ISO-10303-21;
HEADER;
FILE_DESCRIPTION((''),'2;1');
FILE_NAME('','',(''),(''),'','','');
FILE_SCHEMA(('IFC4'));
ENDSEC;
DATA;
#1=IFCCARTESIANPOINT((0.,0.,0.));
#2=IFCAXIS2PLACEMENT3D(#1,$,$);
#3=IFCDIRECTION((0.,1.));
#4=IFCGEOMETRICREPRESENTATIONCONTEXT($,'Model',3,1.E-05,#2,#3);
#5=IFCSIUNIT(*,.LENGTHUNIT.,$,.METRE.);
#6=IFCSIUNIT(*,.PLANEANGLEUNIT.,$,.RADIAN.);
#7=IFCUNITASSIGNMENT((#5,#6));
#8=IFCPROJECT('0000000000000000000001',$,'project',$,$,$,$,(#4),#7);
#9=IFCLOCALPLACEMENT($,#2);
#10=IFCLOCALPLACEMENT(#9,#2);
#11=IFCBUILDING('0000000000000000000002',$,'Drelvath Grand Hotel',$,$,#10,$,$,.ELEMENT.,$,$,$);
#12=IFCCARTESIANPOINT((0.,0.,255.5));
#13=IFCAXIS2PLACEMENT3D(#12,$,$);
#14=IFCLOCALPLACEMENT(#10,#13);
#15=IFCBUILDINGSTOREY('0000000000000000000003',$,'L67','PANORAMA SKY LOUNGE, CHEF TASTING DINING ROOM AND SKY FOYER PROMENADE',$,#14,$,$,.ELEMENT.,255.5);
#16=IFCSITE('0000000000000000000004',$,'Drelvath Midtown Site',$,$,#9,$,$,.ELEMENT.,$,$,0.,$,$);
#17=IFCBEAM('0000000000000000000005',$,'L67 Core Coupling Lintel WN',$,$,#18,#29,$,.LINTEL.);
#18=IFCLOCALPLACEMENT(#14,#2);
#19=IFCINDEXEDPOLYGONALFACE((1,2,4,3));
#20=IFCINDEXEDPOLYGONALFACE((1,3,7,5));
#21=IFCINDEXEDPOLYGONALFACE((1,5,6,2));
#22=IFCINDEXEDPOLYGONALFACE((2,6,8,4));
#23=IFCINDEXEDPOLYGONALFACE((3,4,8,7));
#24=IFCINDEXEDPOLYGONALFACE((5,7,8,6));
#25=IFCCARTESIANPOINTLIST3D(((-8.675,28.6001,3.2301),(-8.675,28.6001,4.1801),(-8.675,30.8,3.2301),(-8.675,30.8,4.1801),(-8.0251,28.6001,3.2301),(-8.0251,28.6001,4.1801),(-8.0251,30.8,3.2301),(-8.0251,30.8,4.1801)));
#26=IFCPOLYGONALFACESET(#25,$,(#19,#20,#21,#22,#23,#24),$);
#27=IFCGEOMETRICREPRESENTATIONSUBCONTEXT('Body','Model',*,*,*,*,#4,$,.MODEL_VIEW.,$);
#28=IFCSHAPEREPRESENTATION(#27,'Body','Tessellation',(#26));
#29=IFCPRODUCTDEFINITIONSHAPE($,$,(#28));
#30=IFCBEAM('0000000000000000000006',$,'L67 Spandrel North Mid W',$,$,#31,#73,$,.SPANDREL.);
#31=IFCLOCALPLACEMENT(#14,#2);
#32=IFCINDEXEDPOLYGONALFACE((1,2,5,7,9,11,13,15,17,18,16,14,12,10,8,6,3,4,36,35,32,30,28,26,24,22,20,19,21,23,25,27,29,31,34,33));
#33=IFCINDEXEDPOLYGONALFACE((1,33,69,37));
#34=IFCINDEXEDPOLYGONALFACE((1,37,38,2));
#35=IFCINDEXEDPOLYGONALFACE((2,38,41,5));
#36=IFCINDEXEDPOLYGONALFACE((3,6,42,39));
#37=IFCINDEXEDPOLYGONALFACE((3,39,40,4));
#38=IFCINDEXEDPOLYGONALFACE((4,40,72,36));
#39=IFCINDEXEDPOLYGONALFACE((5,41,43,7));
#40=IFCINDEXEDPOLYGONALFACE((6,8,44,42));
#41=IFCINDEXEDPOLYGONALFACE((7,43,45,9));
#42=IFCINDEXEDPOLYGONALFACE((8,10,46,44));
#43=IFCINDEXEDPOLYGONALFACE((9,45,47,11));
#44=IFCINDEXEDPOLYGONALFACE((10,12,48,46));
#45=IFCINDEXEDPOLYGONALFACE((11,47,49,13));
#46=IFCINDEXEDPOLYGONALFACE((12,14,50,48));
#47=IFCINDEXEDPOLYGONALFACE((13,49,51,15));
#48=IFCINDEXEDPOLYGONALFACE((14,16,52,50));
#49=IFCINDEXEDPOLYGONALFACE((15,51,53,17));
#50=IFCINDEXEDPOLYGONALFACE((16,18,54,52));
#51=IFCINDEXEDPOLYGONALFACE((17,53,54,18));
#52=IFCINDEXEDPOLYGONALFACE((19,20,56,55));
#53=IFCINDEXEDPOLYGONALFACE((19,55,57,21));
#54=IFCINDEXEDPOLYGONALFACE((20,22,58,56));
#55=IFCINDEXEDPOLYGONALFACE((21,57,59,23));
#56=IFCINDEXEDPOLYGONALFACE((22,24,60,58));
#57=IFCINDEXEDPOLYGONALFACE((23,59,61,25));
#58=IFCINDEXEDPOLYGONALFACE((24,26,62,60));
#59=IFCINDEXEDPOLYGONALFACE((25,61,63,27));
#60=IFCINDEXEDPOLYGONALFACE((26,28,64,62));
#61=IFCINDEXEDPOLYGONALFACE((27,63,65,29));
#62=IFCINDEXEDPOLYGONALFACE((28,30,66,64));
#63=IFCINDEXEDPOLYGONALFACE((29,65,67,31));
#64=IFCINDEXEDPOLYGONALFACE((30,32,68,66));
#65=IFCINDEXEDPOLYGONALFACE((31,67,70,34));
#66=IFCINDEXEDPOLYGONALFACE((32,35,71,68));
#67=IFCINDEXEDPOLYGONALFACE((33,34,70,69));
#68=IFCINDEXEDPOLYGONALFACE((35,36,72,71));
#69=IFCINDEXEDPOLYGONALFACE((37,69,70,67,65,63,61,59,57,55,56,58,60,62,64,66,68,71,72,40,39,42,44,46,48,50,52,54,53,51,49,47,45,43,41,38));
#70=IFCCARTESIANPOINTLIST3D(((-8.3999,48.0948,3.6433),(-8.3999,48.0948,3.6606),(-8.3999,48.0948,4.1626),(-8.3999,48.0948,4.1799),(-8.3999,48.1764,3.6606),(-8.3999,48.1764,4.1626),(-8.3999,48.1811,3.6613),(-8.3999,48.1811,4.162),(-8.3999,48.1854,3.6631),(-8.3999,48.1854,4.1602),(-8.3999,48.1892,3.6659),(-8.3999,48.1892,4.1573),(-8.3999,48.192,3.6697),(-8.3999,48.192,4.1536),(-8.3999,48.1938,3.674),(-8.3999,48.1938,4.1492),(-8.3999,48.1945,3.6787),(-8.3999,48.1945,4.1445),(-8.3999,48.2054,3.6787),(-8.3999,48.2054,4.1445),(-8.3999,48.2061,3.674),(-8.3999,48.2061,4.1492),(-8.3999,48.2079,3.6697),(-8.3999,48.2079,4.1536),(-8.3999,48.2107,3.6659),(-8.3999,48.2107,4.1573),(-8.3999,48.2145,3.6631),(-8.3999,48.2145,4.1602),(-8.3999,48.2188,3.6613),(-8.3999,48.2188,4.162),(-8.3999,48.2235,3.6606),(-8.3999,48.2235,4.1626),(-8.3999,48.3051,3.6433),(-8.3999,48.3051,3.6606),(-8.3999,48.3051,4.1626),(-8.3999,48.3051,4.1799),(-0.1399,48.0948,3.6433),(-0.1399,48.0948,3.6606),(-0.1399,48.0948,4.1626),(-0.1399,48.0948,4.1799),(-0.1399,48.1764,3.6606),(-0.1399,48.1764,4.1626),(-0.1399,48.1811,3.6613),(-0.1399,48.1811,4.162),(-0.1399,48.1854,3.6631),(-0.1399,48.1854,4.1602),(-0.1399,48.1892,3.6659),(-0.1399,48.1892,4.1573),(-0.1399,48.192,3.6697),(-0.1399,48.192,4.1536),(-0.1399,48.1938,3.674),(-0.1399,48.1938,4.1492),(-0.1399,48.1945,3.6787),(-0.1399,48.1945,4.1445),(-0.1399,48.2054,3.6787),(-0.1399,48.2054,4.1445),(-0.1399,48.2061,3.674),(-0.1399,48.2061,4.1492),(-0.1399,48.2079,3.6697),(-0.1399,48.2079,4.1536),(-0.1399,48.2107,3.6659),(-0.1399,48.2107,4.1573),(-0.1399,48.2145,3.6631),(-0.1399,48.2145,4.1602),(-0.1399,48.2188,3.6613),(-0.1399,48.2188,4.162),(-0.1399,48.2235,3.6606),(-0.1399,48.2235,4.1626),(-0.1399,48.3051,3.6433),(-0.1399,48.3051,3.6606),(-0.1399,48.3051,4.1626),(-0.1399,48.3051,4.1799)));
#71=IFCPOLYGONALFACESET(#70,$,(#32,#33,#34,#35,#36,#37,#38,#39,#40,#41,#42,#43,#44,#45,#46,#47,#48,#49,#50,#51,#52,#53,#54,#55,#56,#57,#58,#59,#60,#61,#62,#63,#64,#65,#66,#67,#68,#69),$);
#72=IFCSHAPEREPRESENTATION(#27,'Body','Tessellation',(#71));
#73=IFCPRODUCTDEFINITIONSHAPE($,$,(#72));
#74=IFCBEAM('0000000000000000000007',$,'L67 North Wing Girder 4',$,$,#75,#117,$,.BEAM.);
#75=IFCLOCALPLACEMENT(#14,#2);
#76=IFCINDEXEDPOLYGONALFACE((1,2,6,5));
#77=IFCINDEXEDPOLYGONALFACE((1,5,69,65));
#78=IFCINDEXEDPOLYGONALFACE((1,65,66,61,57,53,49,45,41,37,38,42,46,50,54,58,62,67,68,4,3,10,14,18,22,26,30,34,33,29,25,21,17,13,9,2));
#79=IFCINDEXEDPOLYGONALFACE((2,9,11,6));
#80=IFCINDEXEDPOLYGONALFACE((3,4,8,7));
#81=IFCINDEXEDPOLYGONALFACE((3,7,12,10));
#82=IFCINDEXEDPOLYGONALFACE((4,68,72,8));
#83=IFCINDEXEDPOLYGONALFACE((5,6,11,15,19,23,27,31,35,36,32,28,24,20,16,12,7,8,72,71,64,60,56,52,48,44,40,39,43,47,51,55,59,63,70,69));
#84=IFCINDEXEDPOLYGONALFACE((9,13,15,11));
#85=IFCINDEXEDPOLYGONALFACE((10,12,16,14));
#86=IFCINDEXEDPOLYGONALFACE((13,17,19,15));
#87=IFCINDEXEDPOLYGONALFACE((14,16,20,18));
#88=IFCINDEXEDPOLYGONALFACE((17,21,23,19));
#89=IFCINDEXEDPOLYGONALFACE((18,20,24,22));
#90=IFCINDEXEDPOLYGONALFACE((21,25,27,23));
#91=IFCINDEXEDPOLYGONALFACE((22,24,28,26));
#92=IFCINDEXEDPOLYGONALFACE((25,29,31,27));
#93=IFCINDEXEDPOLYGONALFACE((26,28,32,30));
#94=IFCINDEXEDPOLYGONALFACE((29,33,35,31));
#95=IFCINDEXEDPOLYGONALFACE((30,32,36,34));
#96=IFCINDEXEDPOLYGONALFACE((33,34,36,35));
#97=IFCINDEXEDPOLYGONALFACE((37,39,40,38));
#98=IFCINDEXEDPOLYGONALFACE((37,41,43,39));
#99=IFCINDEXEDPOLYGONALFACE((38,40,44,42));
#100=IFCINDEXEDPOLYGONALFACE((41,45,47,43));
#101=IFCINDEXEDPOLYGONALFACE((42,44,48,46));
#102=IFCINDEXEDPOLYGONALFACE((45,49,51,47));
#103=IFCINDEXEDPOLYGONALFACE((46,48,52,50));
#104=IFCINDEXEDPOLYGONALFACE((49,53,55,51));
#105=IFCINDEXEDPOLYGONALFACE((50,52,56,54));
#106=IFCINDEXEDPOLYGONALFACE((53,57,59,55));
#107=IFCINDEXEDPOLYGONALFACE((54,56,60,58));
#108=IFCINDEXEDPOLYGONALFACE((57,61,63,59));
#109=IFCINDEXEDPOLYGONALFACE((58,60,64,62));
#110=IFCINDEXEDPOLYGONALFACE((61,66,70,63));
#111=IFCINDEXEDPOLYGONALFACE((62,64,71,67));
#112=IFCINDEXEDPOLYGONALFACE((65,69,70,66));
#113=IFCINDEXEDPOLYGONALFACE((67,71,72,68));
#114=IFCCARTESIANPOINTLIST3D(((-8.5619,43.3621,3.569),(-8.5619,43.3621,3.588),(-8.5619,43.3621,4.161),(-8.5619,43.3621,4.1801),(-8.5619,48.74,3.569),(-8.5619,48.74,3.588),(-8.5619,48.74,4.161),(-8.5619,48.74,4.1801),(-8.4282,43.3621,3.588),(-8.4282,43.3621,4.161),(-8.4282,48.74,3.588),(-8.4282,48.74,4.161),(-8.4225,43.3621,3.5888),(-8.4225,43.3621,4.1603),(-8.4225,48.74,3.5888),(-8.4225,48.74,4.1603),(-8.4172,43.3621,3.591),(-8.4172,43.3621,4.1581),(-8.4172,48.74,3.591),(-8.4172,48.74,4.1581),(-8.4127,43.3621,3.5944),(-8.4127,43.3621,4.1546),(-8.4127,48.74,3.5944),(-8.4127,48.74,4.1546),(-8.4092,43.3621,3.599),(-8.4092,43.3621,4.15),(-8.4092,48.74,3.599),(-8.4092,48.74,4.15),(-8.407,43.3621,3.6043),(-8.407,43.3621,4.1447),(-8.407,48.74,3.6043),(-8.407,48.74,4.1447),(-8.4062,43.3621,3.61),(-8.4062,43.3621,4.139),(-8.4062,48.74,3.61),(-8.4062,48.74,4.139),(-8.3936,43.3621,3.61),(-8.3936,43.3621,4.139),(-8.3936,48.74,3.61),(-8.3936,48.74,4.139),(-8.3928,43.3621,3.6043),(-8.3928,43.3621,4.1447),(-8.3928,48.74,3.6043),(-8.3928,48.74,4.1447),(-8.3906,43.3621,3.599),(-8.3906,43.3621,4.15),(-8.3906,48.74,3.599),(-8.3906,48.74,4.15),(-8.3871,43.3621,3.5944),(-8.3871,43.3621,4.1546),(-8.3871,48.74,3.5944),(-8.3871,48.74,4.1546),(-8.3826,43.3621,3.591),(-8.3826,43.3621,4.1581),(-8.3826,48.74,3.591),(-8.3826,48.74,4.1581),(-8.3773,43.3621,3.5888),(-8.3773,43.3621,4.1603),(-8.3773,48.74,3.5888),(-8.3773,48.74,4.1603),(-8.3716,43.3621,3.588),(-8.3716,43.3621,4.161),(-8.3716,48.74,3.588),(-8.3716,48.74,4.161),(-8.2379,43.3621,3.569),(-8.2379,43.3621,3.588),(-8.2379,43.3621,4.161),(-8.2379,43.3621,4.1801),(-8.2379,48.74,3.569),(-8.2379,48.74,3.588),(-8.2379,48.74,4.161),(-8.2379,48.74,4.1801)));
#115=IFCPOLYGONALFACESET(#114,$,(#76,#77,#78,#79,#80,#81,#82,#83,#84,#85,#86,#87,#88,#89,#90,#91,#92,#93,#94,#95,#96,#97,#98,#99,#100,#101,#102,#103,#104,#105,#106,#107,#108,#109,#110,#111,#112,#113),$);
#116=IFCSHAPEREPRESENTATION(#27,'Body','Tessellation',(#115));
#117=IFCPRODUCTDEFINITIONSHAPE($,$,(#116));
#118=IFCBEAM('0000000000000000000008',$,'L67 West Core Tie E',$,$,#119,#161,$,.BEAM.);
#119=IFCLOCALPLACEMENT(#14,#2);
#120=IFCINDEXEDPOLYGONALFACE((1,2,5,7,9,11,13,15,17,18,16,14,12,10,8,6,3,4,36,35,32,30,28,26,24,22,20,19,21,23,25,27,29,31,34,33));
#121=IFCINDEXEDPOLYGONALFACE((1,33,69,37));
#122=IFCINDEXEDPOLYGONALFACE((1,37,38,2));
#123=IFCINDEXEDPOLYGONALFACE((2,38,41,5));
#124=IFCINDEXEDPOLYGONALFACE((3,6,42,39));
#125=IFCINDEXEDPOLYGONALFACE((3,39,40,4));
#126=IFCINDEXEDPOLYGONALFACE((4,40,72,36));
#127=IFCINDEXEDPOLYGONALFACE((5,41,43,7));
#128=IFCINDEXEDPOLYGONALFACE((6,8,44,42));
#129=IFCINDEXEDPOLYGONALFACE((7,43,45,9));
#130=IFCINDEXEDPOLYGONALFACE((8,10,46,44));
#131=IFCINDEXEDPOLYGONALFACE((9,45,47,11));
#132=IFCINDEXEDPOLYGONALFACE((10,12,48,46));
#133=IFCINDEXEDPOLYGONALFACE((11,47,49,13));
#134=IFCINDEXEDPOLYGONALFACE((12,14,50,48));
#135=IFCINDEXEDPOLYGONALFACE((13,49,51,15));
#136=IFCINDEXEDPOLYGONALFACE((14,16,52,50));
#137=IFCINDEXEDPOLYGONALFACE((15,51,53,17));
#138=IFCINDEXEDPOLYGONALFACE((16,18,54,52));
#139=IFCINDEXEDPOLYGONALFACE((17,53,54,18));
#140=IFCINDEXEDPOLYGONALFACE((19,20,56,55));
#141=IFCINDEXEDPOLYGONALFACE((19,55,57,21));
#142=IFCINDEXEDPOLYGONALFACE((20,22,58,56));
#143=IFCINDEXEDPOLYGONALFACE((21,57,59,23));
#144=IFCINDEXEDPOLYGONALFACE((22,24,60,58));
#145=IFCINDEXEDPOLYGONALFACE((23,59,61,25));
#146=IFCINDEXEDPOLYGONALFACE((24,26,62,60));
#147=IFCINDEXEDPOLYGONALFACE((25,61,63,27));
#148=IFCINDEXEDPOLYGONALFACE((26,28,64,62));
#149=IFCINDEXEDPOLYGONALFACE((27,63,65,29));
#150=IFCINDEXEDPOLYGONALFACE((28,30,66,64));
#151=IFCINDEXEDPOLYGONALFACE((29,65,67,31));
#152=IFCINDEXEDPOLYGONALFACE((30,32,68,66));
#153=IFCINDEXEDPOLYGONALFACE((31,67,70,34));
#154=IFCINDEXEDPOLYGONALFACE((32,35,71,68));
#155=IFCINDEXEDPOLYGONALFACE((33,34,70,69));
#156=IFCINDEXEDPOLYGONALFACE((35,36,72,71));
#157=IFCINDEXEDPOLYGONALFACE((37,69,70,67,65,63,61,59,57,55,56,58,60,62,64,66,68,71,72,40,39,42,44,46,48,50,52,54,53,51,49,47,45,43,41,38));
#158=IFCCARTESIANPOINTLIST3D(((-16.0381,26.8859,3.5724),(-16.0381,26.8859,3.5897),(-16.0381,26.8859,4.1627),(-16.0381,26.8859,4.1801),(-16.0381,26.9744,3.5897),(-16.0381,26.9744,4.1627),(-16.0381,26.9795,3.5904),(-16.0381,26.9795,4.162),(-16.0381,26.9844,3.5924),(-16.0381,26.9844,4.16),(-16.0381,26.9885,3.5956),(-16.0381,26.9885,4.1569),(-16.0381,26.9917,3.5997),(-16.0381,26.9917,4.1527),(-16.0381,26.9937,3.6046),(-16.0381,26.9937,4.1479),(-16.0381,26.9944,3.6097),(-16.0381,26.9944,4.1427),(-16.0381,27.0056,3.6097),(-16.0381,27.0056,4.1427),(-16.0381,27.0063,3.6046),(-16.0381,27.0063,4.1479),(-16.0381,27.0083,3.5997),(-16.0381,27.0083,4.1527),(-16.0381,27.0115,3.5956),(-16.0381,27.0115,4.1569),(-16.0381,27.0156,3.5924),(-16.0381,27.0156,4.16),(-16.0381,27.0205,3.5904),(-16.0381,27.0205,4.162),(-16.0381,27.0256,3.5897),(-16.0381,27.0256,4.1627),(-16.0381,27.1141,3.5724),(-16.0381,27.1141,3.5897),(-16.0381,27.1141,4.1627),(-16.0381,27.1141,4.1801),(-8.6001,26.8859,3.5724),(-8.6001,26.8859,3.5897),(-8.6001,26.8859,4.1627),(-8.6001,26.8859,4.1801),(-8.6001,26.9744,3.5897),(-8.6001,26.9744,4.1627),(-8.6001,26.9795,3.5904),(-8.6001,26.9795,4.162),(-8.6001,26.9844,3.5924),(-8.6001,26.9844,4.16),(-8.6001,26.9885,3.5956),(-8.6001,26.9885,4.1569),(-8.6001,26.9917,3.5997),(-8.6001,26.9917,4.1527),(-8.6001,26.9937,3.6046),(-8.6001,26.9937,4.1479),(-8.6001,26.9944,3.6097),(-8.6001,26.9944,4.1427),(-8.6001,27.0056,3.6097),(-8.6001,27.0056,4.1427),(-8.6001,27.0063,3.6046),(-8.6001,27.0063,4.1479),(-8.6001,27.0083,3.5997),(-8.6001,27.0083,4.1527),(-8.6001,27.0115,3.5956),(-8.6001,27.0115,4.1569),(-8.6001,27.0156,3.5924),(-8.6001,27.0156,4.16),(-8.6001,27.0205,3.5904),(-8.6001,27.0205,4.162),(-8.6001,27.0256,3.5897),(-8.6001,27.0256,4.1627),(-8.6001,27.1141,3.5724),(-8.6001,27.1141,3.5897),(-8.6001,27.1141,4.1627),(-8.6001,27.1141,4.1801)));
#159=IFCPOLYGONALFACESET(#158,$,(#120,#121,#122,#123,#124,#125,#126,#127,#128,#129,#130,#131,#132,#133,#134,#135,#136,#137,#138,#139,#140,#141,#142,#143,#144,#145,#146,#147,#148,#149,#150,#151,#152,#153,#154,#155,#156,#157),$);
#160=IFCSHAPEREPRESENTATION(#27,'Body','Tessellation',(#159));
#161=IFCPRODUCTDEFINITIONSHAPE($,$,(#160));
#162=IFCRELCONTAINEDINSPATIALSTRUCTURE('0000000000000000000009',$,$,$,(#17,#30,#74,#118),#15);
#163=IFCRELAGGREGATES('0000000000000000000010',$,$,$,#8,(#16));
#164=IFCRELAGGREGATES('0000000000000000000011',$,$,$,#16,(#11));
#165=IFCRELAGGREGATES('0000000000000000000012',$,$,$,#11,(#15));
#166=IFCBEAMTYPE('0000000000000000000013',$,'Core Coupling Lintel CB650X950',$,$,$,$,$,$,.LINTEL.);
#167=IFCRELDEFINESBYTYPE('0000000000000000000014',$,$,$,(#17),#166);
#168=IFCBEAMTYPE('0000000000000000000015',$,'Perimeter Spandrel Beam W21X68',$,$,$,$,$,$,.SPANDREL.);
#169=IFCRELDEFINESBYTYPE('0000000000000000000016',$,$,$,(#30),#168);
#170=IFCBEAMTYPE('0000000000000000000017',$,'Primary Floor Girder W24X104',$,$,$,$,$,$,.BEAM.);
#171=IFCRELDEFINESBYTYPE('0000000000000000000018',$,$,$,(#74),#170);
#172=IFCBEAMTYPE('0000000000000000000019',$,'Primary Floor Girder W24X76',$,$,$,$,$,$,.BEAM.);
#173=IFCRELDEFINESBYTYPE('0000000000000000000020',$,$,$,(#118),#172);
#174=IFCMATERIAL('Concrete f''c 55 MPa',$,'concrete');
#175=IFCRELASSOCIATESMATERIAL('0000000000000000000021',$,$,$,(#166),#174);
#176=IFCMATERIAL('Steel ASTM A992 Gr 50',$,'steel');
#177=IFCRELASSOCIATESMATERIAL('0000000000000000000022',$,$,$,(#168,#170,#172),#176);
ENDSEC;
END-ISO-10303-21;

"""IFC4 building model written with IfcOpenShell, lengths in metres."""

from ifc_helpers import new_model, si_unit, direction, frame, origin, origin_2d, place, context, subcontext, project, spatial, rectangle, i_section, extrude, material, material_profile, profile_set, type_object, element, save


model = new_model("IFC4")

# Units and contexts
model_context = context("Model", 3, precision=1e-05, world=origin(), true_north=direction((0.0, 1.0)))
body_context = subcontext(model_context, "Body", "Model", "MODEL_VIEW")
ifc_project = project(units=[si_unit("LENGTHUNIT", "METRE"), si_unit("PLANEANGLEUNIT", "RADIAN")], contexts=[model_context])

# Site, building, storey
site_placement = place(None, origin())
site = spatial("IfcSite", under=ifc_project, at=site_placement, Name="Drelvath Midtown Site", CompositionType="ELEMENT", RefElevation=0.0)
building_placement = place(site_placement, origin())
building = spatial("IfcBuilding", under=site, at=building_placement, Name="Drelvath Grand Hotel", CompositionType="ELEMENT")
storey_placement = place(building_placement, frame((0.0, 0.0, 255.5)))
storey = spatial("IfcBuildingStorey", under=building, at=storey_placement, Name="L67", Description="PANORAMA SKY LOUNGE, CHEF TASTING DINING ROOM AND SKY FOYER PROMENADE", CompositionType="ELEMENT", Elevation=255.5)

# Beams
ifc_material_1 = material(Name="Concrete f'c 55 MPa", Category="concrete")
ifc_material_profile_1 = material_profile(ifc_material_1, rectangle(XDim=0.6499, YDim=0.95, at=origin_2d()), Name="CB650X950")
ifc_profile_set_1 = profile_set([ifc_material_profile_1], Name="Concrete f'c 55 MPa")
beam_type_1 = type_object("IfcBeamType", Name="Core Coupling Lintel CB650X950", PredefinedType="LINTEL", material=ifc_profile_set_1)
beam_1_placement = place(storey_placement, frame((-8.3501, 28.6001, 3.7051), z_axis=(0.0, 1.0, 0.0), x_axis=(-1.0, 0.0, 0.0)))
element("IfcBeam", 1, at=beam_1_placement, inside=storey, type_object=beam_type_1, Name="L67 Core Coupling Lintel WN", PredefinedType="LINTEL", context=body_context, shape_type="SweptSolid", body=[
    extrude(rectangle(XDim=0.6499, YDim=0.95, at=origin_2d()), origin(), (0.0, 0.0, 1.0), 2.2),
])
ifc_material_2 = material(Name="Steel ASTM A992 Gr 50", Category="steel")
ifc_material_profile_2 = material_profile(ifc_material_2, i_section(OverallWidth=0.2102, OverallDepth=0.5366, WebThickness=0.011, FlangeThickness=0.0173, FilletRadius=0.0181, at=origin_2d()), Name="W21X68")
ifc_profile_set_2 = profile_set([ifc_material_profile_2], Name="Steel ASTM A992 Gr 50")
beam_type_2 = type_object("IfcBeamType", Name="Perimeter Spandrel Beam W21X68", PredefinedType="SPANDREL", material=ifc_profile_set_2)
beam_2_placement = place(storey_placement, frame((-8.3999, 48.2, 3.9116), z_axis=(1.0, 0.0, 0.0), x_axis=(0.0, 1.0, 0.0)))
element("IfcBeam", 2, at=beam_2_placement, inside=storey, type_object=beam_type_2, Name="L67 Spandrel North Mid W", PredefinedType="SPANDREL", context=body_context, shape_type="SweptSolid", body=[
    extrude(i_section(OverallWidth=0.2102, OverallDepth=0.5366, WebThickness=0.011, FlangeThickness=0.0173, FilletRadius=0.0181, at=origin_2d()), origin(), (0.0, 0.0, 1.0), 8.26),
])
ifc_material_profile_3 = material_profile(ifc_material_2, i_section(OverallWidth=0.324, OverallDepth=0.6111, WebThickness=0.0127, FlangeThickness=0.019, FilletRadius=0.022, at=origin_2d()), Name="W24X104")
ifc_profile_set_3 = profile_set([ifc_material_profile_3], Name="Steel ASTM A992 Gr 50")
beam_type_3 = type_object("IfcBeamType", Name="Primary Floor Girder W24X104", PredefinedType="BEAM", material=ifc_profile_set_3)
beam_3_placement = place(storey_placement, frame((-8.3999, 43.3621, 3.8745), z_axis=(0.0, 1.0, 0.0), x_axis=(-1.0, 0.0, 0.0)))
element("IfcBeam", 3, at=beam_3_placement, inside=storey, type_object=beam_type_3, Name="L67 North Wing Girder 4", PredefinedType="BEAM", context=body_context, shape_type="SweptSolid", body=[
    extrude(i_section(OverallWidth=0.324, OverallDepth=0.6111, WebThickness=0.0127, FlangeThickness=0.019, FilletRadius=0.022, at=origin_2d()), origin(), (0.0, 0.0, 1.0), 5.3779),
])
ifc_material_profile_4 = material_profile(ifc_material_2, i_section(OverallWidth=0.2283, OverallDepth=0.6077, WebThickness=0.0112, FlangeThickness=0.0173, FilletRadius=0.02, at=origin_2d()), Name="W24X76")
ifc_profile_set_4 = profile_set([ifc_material_profile_4], Name="Steel ASTM A992 Gr 50")
beam_type_4 = type_object("IfcBeamType", Name="Primary Floor Girder W24X76", PredefinedType="BEAM", material=ifc_profile_set_4)
for number, where, z_axis, x_axis, name in (
    (4, (-16.0381, 27.0, 3.8762), (1.0, 0.0, 0.0), (0.0, 1.0, 0.0), "L67 West Core Tie E"),
):
    element("IfcBeam", number, at=place(storey_placement, frame(where, z_axis=z_axis, x_axis=x_axis)), inside=storey, type_object=beam_type_4, Name=name, PredefinedType="BEAM", context=body_context, shape_type="SweptSolid", body=[
        extrude(i_section(OverallWidth=0.2283, OverallDepth=0.6077, WebThickness=0.0112, FlangeThickness=0.0173, FilletRadius=0.02, at=origin_2d()), origin(), (0.0, 0.0, 1.0), 7.438),
    ])

save(model, "model.ifc")
